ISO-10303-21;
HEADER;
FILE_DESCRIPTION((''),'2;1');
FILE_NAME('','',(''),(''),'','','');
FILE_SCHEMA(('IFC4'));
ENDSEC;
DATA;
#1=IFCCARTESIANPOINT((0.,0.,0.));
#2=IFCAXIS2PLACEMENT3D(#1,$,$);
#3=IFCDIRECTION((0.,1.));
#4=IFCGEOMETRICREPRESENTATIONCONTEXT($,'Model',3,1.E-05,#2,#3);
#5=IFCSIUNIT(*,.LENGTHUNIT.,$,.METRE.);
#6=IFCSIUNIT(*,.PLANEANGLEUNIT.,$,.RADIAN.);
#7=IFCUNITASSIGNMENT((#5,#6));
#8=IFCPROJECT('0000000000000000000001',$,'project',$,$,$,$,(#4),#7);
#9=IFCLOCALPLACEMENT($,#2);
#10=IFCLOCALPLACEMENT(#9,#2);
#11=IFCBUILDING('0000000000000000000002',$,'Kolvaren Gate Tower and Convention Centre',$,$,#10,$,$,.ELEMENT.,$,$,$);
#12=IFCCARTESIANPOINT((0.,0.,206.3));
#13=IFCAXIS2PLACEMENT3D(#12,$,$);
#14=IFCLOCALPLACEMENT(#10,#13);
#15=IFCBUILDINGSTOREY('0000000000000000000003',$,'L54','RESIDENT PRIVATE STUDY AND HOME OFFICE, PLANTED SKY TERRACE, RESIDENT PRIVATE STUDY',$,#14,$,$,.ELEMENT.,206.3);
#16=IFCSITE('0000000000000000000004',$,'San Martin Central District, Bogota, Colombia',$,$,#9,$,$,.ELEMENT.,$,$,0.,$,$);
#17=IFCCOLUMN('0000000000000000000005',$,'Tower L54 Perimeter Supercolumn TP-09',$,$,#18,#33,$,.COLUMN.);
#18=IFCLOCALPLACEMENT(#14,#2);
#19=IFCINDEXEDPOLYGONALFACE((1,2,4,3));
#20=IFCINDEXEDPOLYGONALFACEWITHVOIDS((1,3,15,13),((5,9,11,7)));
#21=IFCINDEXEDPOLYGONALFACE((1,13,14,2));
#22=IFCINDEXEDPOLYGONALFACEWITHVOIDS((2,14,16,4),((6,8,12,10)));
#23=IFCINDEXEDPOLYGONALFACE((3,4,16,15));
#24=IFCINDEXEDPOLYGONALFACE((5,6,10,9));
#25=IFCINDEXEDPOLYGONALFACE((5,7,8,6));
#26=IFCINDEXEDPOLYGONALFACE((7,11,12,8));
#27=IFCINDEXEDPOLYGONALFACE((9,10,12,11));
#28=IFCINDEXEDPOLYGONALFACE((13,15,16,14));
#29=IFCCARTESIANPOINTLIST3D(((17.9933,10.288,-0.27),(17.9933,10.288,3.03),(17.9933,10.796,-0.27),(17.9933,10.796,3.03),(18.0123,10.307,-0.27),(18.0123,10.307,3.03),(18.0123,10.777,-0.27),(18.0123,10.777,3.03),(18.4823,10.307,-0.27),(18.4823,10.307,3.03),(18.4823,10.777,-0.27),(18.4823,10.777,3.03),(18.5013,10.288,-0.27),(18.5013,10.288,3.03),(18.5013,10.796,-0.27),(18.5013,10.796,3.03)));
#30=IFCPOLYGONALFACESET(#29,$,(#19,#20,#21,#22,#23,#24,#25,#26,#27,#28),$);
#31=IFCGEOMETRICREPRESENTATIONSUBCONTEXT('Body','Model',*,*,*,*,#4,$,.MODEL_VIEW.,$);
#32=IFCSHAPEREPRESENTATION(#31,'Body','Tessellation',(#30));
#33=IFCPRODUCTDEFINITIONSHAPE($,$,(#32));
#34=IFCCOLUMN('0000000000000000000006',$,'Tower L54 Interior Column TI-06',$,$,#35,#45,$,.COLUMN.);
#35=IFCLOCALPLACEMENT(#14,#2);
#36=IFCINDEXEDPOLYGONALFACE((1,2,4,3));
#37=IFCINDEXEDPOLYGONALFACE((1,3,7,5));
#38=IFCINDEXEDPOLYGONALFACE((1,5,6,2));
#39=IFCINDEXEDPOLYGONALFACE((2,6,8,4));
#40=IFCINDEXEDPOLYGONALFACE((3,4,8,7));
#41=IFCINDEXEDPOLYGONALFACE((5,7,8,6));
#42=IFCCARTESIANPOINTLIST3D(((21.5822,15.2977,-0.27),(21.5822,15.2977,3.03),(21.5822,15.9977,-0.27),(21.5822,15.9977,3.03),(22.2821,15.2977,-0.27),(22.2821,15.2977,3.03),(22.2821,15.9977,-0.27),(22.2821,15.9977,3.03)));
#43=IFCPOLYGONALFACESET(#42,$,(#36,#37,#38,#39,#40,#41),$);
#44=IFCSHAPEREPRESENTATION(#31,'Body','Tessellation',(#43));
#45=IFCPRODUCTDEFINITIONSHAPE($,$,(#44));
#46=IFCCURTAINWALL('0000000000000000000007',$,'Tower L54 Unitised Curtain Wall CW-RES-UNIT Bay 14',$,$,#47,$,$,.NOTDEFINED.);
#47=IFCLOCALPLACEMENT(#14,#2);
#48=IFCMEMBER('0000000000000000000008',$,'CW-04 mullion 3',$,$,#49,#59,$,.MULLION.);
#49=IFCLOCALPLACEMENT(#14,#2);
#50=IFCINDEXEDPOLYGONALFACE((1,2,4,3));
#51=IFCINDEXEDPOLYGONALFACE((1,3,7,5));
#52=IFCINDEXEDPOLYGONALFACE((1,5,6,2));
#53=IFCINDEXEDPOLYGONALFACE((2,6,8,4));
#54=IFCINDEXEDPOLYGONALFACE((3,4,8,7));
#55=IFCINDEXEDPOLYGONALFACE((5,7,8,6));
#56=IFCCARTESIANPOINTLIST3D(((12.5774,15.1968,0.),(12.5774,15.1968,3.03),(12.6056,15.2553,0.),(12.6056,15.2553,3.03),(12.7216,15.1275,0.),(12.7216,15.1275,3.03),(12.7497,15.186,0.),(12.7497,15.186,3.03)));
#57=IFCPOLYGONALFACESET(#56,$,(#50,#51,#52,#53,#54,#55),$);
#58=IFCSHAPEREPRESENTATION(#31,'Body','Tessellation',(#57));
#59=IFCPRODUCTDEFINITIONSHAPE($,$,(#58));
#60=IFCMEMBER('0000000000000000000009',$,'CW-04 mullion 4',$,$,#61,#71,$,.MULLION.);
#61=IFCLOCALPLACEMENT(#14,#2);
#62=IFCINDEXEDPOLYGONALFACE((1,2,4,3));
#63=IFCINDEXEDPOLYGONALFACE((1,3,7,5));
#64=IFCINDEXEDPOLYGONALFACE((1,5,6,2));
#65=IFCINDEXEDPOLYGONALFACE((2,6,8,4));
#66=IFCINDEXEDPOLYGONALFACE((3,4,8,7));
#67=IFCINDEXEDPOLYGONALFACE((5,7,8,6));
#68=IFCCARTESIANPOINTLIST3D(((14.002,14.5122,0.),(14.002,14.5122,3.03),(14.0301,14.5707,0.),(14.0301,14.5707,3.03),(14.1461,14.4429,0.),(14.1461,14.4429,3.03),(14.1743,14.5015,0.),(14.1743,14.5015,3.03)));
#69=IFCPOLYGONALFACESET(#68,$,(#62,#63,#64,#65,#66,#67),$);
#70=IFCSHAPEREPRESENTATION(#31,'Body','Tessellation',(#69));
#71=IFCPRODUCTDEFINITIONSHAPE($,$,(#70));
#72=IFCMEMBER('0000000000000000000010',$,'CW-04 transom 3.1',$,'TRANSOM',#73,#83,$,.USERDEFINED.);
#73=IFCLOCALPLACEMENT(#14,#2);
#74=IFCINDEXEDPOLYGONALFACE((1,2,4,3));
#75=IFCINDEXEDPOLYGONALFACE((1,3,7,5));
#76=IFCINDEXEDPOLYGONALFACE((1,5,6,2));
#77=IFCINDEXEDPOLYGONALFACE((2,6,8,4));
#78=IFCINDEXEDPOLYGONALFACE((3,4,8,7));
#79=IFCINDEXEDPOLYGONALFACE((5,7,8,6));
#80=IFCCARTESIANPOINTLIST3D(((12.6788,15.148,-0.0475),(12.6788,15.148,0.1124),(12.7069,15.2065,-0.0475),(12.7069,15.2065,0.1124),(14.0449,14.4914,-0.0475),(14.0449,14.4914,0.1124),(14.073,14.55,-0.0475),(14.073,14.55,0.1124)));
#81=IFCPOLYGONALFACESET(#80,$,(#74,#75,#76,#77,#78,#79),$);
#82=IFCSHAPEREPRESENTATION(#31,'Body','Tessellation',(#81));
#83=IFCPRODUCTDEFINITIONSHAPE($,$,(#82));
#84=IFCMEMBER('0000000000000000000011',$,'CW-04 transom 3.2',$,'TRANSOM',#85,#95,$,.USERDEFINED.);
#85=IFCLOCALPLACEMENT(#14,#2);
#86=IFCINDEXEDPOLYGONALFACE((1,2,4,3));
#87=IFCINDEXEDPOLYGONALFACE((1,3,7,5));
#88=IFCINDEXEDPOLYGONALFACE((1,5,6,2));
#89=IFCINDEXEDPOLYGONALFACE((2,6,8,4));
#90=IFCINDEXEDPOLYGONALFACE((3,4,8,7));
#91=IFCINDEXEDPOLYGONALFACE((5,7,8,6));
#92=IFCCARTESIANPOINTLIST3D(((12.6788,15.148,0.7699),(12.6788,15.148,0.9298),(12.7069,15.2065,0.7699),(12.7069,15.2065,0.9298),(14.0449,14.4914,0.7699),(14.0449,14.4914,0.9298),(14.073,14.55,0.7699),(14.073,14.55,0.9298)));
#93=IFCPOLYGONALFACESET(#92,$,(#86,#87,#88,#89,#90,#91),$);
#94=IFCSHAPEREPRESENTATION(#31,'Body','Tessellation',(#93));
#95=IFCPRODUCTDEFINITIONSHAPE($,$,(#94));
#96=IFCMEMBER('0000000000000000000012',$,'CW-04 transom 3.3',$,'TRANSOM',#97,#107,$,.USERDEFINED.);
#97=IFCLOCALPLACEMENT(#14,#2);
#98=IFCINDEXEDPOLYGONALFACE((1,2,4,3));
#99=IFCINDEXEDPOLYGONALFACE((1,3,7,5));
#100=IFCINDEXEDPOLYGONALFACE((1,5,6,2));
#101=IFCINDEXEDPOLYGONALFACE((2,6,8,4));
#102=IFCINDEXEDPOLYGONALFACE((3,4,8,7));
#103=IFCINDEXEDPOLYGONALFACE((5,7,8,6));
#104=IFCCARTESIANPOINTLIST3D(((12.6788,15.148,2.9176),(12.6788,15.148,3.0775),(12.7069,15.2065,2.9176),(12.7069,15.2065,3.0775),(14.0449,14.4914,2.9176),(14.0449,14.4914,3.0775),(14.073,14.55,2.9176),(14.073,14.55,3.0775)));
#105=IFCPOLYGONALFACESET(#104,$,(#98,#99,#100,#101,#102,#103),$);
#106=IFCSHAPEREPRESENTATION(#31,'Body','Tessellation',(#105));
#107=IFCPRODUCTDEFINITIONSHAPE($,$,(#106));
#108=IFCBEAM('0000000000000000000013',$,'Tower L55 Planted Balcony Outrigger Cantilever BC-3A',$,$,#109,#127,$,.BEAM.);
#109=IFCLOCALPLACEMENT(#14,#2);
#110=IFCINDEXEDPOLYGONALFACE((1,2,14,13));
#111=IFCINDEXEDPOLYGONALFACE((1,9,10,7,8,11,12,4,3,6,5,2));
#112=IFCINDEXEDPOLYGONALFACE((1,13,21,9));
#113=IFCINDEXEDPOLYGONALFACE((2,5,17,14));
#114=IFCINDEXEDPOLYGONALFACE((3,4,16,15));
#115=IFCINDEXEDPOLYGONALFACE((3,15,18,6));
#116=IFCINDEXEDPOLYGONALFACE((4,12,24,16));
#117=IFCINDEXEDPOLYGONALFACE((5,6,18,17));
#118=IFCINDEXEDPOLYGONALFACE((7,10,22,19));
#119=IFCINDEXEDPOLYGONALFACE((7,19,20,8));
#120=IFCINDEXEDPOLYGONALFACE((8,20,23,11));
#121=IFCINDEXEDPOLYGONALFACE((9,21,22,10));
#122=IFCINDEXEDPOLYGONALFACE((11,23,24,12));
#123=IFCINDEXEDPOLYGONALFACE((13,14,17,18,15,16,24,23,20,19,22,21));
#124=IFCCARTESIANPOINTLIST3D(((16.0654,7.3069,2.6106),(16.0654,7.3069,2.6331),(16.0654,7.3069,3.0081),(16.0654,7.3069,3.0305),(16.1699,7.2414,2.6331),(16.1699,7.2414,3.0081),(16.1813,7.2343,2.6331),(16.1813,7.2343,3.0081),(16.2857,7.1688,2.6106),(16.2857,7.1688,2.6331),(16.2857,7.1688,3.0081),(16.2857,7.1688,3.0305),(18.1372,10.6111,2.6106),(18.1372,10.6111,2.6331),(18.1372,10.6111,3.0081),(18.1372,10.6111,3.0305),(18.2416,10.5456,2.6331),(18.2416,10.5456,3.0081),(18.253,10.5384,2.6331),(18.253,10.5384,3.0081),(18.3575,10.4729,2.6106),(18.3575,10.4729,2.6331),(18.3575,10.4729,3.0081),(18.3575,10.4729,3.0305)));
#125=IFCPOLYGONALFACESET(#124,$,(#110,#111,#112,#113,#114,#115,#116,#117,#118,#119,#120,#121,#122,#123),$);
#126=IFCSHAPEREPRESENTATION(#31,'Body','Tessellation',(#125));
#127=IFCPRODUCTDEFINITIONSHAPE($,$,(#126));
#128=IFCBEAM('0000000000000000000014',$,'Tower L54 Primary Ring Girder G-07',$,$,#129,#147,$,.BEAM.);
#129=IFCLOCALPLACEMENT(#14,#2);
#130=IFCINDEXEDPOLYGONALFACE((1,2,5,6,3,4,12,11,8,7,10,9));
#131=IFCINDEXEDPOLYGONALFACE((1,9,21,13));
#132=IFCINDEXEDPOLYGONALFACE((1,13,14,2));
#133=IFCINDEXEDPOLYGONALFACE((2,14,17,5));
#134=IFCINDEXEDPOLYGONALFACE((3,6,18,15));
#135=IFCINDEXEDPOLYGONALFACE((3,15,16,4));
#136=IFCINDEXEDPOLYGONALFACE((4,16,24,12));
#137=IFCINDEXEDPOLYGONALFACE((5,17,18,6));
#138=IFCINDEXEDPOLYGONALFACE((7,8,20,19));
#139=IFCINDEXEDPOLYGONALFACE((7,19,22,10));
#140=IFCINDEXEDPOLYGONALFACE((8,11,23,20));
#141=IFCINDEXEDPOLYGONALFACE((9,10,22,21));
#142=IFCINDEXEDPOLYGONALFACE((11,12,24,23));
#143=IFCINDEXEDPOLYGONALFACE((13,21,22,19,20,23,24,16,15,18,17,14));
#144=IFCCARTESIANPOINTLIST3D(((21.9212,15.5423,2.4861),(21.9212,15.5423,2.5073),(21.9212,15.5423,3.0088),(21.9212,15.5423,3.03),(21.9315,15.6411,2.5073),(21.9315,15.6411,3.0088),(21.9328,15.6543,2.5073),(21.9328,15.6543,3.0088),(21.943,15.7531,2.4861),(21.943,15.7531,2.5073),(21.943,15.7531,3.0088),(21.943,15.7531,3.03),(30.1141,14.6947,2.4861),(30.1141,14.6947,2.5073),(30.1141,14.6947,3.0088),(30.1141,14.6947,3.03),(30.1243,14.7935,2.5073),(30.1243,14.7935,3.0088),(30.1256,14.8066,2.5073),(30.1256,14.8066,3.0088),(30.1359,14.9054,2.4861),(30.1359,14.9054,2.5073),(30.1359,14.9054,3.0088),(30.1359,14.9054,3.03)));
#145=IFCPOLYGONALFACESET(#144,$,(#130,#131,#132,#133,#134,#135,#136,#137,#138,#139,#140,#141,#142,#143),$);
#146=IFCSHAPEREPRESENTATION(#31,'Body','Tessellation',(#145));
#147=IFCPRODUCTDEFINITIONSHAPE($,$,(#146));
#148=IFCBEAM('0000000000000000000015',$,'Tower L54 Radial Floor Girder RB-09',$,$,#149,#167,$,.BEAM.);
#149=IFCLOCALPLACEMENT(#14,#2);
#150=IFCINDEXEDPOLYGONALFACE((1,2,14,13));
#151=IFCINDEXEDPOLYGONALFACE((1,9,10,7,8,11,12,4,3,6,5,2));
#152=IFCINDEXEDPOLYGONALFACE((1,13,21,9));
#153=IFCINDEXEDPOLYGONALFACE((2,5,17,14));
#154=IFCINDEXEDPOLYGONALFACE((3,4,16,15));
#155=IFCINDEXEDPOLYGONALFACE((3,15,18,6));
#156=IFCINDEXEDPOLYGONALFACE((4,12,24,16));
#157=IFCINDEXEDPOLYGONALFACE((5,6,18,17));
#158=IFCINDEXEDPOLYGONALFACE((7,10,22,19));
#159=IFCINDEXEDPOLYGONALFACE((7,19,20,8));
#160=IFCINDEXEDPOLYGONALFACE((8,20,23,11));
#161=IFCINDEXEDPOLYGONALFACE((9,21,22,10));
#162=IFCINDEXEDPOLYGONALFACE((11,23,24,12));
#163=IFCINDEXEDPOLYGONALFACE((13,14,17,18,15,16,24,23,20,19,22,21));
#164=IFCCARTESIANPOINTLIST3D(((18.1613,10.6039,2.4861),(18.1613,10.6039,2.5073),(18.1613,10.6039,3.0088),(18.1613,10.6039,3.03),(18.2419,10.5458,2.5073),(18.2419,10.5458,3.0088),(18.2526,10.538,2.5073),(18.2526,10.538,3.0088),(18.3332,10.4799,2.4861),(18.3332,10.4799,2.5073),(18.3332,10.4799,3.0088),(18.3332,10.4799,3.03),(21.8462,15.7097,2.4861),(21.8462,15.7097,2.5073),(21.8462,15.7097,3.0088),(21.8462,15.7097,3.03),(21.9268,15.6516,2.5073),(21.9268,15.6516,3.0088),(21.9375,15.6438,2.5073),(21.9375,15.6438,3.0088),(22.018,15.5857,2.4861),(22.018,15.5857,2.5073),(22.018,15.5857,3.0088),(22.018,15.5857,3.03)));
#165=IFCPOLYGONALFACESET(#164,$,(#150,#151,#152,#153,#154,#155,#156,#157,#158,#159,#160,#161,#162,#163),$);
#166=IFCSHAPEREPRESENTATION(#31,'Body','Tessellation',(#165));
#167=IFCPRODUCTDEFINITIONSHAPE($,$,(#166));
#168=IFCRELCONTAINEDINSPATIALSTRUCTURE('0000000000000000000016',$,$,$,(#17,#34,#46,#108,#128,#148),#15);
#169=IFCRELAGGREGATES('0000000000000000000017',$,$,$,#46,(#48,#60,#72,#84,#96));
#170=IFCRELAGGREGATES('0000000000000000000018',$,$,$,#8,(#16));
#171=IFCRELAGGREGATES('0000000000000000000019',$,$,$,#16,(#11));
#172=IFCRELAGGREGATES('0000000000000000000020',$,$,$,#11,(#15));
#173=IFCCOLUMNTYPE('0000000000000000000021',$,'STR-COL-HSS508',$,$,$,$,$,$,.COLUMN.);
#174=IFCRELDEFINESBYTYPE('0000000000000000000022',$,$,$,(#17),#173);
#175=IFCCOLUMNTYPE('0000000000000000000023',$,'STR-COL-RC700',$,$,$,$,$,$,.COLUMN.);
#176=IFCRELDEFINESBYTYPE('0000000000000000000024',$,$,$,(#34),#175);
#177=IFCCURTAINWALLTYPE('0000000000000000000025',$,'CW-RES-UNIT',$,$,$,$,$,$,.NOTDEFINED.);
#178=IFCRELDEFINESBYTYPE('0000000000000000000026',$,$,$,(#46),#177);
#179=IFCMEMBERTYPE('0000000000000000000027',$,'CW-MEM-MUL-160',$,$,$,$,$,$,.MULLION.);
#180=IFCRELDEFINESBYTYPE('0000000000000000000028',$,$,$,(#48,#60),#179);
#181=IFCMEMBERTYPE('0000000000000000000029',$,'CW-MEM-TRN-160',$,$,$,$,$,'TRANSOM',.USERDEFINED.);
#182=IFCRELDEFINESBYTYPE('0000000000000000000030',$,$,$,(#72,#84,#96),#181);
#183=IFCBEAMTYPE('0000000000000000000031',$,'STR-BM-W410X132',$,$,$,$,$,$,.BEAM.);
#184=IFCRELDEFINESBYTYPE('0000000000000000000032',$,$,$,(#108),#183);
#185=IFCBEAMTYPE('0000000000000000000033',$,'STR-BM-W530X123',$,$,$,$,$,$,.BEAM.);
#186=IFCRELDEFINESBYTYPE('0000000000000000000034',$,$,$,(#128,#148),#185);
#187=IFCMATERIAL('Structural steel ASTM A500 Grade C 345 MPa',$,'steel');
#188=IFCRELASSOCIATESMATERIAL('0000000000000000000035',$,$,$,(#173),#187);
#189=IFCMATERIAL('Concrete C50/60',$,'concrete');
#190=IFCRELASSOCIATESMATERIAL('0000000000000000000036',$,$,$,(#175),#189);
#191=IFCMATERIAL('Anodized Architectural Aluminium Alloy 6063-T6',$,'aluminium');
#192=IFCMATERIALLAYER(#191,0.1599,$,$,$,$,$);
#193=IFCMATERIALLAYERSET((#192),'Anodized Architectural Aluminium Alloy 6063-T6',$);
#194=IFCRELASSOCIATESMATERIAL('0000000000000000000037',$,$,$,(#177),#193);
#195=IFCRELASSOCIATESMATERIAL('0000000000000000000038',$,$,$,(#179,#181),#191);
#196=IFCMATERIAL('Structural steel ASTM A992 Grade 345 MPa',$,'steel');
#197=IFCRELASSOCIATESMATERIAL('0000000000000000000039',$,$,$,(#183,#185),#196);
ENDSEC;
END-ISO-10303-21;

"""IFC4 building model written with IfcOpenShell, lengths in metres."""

from ifc_helpers import new_model, si_unit, direction, frame, origin, origin_2d, place, context, subcontext, project, spatial, rectangle, hollow_rectangle, i_section, extrude, material, layer, layer_set, material_profile, profile_set, type_object, element, aggregate, save


model = new_model("IFC4")

# Units and contexts
model_context = context("Model", 3, precision=1e-05, world=origin(), true_north=direction((0.0, 1.0)))
body_context = subcontext(model_context, "Body", "Model", "MODEL_VIEW")
ifc_project = project(units=[si_unit("LENGTHUNIT", "METRE"), si_unit("PLANEANGLEUNIT", "RADIAN")], contexts=[model_context])

# Site, building, storey
site_placement = place(None, origin())
site = spatial("IfcSite", under=ifc_project, at=site_placement, Name="San Martin Central District, Bogota, Colombia", CompositionType="ELEMENT", RefElevation=0.0)
building_placement = place(site_placement, origin())
building = spatial("IfcBuilding", under=site, at=building_placement, Name="Kolvaren Gate Tower and Convention Centre", CompositionType="ELEMENT")
storey_placement = place(building_placement, frame((0.0, 0.0, 206.3)))
storey = spatial("IfcBuildingStorey", under=building, at=storey_placement, Name="L54", Description="RESIDENT PRIVATE STUDY AND HOME OFFICE, PLANTED SKY TERRACE, RESIDENT PRIVATE STUDY", CompositionType="ELEMENT", Elevation=206.3)

# Columns
ifc_material_1 = material(Name="Structural steel ASTM A500 Grade C 345 MPa", Category="steel")
ifc_material_profile_1 = material_profile(ifc_material_1, hollow_rectangle(XDim=0.5081, YDim=0.5081, WallThickness=0.019, at=origin_2d()), Name="HSS508X508X19.1")
ifc_profile_set_1 = profile_set([ifc_material_profile_1], Name="Structural steel ASTM A500 Grade C 345 MPa")
column_type_1 = type_object("IfcColumnType", Name="STR-COL-HSS508", PredefinedType="COLUMN", material=ifc_profile_set_1)
column_1_placement = place(storey_placement, frame((18.2473, 10.542, -0.27), z_axis=(0.0, 0.0, 1.0), x_axis=(1.0, 0.0, 0.0)))
element("IfcColumn", 1, at=column_1_placement, inside=storey, type_object=column_type_1, Name="Tower L54 Perimeter Supercolumn TP-09", PredefinedType="COLUMN", context=body_context, shape_type="SweptSolid", body=[
    extrude(hollow_rectangle(XDim=0.5081, YDim=0.5081, WallThickness=0.019, at=origin_2d()), origin(), (0.0, 0.0, 1.0), 3.3),
])
ifc_material_2 = material(Name="Concrete C50/60", Category="concrete")
ifc_material_profile_2 = material_profile(ifc_material_2, rectangle(XDim=0.7, YDim=0.7, at=origin_2d()), Name="RC-COL-700X700")
ifc_profile_set_2 = profile_set([ifc_material_profile_2], Name="Concrete C50/60")
column_type_2 = type_object("IfcColumnType", Name="STR-COL-RC700", PredefinedType="COLUMN", material=ifc_profile_set_2)
column_2_placement = place(storey_placement, frame((21.9321, 15.6477, -0.27), z_axis=(0.0, 0.0, 1.0), x_axis=(1.0, 0.0, 0.0)))
element("IfcColumn", 2, at=column_2_placement, inside=storey, type_object=column_type_2, Name="Tower L54 Interior Column TI-06", PredefinedType="COLUMN", context=body_context, shape_type="SweptSolid", body=[
    extrude(rectangle(XDim=0.7, YDim=0.7, at=origin_2d()), origin(), (0.0, 0.0, 1.0), 3.3),
])

# Curtain wall, members
ifc_material_3 = material(Name="Anodized Architectural Aluminium Alloy 6063-T6", Category="aluminium")
ifc_layer_1 = layer(ifc_material_3, 0.1599)
ifc_layer_set_1 = layer_set([ifc_layer_1], Name="Anodized Architectural Aluminium Alloy 6063-T6")
curtain_wall_type = type_object("IfcCurtainWallType", Name="CW-RES-UNIT", PredefinedType="NOTDEFINED", material=ifc_layer_set_1)
curtain_wall_placement = place(storey_placement, origin())
curtain_wall = element("IfcCurtainWall", 3, at=curtain_wall_placement, inside=storey, type_object=curtain_wall_type, Name="Tower L54 Unitised Curtain Wall CW-RES-UNIT Bay 14", PredefinedType="NOTDEFINED")
ifc_material_profile_3 = material_profile(ifc_material_3, rectangle(XDim=0.0649, YDim=0.1599, at=origin_2d()), Name="CW-MEM-MUL-160")
ifc_profile_set_3 = profile_set([ifc_material_profile_3], Name="Anodized Architectural Aluminium Alloy 6063-T6")
member_type_1 = type_object("IfcMemberType", Name="CW-MEM-MUL-160", PredefinedType="MULLION", material=ifc_profile_set_3)
member_1_placement = place(storey_placement, frame((12.6636, 15.1914, 0.0), z_axis=(0.0, 0.0, 1.0), x_axis=(0.433066, 0.901362, 0.0)))
member_1 = element("IfcMember", 4, at=member_1_placement, type_object=member_type_1, Name="CW-04 mullion 3", PredefinedType="MULLION", context=body_context, shape_type="SweptSolid", body=[
    extrude(rectangle(XDim=0.0649, YDim=0.1599, at=origin_2d()), origin(), (0.0, 0.0, 1.0), 3.03),
])
member_2_placement = place(storey_placement, frame((14.0881, 14.5068, 0.0), z_axis=(0.0, 0.0, 1.0), x_axis=(0.433066, 0.901362, 0.0)))
member_2 = element("IfcMember", 5, at=member_2_placement, type_object=member_type_1, Name="CW-04 mullion 4", PredefinedType="MULLION", context=body_context, shape_type="SweptSolid", body=[
    extrude(rectangle(XDim=0.0649, YDim=0.1599, at=origin_2d()), origin(), (0.0, 0.0, 1.0), 3.03),
])
ifc_material_profile_4 = material_profile(ifc_material_3, rectangle(XDim=0.0649, YDim=0.1599, at=origin_2d()), Name="CW-MEM-TRN-160")
ifc_profile_set_4 = profile_set([ifc_material_profile_4], Name="Anodized Architectural Aluminium Alloy 6063-T6")
member_type_2 = type_object("IfcMemberType", Name="CW-MEM-TRN-160", ElementType="TRANSOM", PredefinedType="USERDEFINED", material=ifc_profile_set_4)
member_3_placement = place(storey_placement, frame((12.6929, 15.1772, 0.0325), z_axis=(0.901309, -0.433176, 0.0), x_axis=(0.433176, 0.901309, 0.0)))
member_3 = element("IfcMember", 6, at=member_3_placement, type_object=member_type_2, Name="CW-04 transom 3.1", ObjectType="TRANSOM", PredefinedType="USERDEFINED", context=body_context, shape_type="SweptSolid", body=[
    extrude(rectangle(XDim=0.0649, YDim=0.1599, at=origin_2d()), origin(), (0.0, 0.0, 1.0), 1.5156),
])
member_4_placement = place(storey_placement, frame((12.6929, 15.1772, 0.8499), z_axis=(0.901309, -0.433176, 0.0), x_axis=(0.433176, 0.901309, 0.0)))
member_4 = element("IfcMember", 7, at=member_4_placement, type_object=member_type_2, Name="CW-04 transom 3.2", ObjectType="TRANSOM", PredefinedType="USERDEFINED", context=body_context, shape_type="SweptSolid", body=[
    extrude(rectangle(XDim=0.0649, YDim=0.1599, at=origin_2d()), origin(), (0.0, 0.0, 1.0), 1.5156),
])
member_5_placement = place(storey_placement, frame((12.6929, 15.1772, 2.9976), z_axis=(0.901309, -0.433176, 0.0), x_axis=(0.433176, 0.901309, 0.0)))
member_5 = element("IfcMember", 8, at=member_5_placement, type_object=member_type_2, Name="CW-04 transom 3.3", ObjectType="TRANSOM", PredefinedType="USERDEFINED", context=body_context, shape_type="SweptSolid", body=[
    extrude(rectangle(XDim=0.0649, YDim=0.1599, at=origin_2d()), origin(), (0.0, 0.0, 1.0), 1.5156),
])

# Beams
ifc_material_4 = material(Name="Structural steel ASTM A992 Grade 345 MPa", Category="steel")
ifc_material_profile_5 = material_profile(ifc_material_4, i_section(OverallWidth=0.26, OverallDepth=0.4199, WebThickness=0.0134, FlangeThickness=0.0225, at=origin_2d()), Name="W410X132")
ifc_profile_set_5 = profile_set([ifc_material_profile_5], Name="Structural steel ASTM A992 Grade 345 MPa")
beam_type_1 = type_object("IfcBeamType", Name="STR-BM-W410X132", PredefinedType="BEAM", material=ifc_profile_set_5)
beam_1_placement = place(storey_placement, frame((18.2473, 10.542, 2.8206), z_axis=(-0.531225, -0.847231, 0.0), x_axis=(0.847231, -0.531225, 0.0)))
element("IfcBeam", 9, at=beam_1_placement, inside=storey, type_object=beam_type_1, Name="Tower L55 Planted Balcony Outrigger Cantilever BC-3A", PredefinedType="BEAM", context=body_context, shape_type="SweptSolid", body=[
    extrude(i_section(OverallWidth=0.26, OverallDepth=0.4199, WebThickness=0.0134, FlangeThickness=0.0225, at=origin_2d()), origin(), (0.0, 0.0, 1.0), 3.8999),
])
ifc_material_profile_6 = material_profile(ifc_material_4, i_section(OverallWidth=0.2119, OverallDepth=0.5439, WebThickness=0.0132, FlangeThickness=0.0212, at=origin_2d()), Name="W530X123")
ifc_profile_set_6 = profile_set([ifc_material_profile_6], Name="Structural steel ASTM A992 Grade 345 MPa")
beam_type_2 = type_object("IfcBeamType", Name="STR-BM-W530X123", PredefinedType="BEAM", material=ifc_profile_set_6)
beam_2_placement = place(storey_placement, frame((21.9321, 15.6477, 2.7581), z_axis=(0.99469, -0.102913, 0.0), x_axis=(0.102913, 0.99469, 0.0)))
element("IfcBeam", 10, at=beam_2_placement, inside=storey, type_object=beam_type_2, Name="Tower L54 Primary Ring Girder G-07", PredefinedType="BEAM", context=body_context, shape_type="SweptSolid", body=[
    extrude(i_section(OverallWidth=0.2119, OverallDepth=0.5439, WebThickness=0.0132, FlangeThickness=0.0212, at=origin_2d()), origin(), (0.0, 0.0, 1.0), 8.2366),
])
beam_3_placement = place(storey_placement, frame((21.9321, 15.6477, 2.7581), z_axis=(-0.585214, -0.810879, 0.0), x_axis=(0.810879, -0.585214, 0.0)))
element("IfcBeam", 11, at=beam_3_placement, inside=storey, type_object=beam_type_2, Name="Tower L54 Radial Floor Girder RB-09", PredefinedType="BEAM", context=body_context, shape_type="SweptSolid", body=[
    extrude(i_section(OverallWidth=0.2119, OverallDepth=0.5439, WebThickness=0.0132, FlangeThickness=0.0212, at=origin_2d()), origin(), (0.0, 0.0, 1.0), 6.2966),
])

aggregate(curtain_wall, [member_1, member_2, member_3, member_4, member_5])

save(model, "model.ifc")
